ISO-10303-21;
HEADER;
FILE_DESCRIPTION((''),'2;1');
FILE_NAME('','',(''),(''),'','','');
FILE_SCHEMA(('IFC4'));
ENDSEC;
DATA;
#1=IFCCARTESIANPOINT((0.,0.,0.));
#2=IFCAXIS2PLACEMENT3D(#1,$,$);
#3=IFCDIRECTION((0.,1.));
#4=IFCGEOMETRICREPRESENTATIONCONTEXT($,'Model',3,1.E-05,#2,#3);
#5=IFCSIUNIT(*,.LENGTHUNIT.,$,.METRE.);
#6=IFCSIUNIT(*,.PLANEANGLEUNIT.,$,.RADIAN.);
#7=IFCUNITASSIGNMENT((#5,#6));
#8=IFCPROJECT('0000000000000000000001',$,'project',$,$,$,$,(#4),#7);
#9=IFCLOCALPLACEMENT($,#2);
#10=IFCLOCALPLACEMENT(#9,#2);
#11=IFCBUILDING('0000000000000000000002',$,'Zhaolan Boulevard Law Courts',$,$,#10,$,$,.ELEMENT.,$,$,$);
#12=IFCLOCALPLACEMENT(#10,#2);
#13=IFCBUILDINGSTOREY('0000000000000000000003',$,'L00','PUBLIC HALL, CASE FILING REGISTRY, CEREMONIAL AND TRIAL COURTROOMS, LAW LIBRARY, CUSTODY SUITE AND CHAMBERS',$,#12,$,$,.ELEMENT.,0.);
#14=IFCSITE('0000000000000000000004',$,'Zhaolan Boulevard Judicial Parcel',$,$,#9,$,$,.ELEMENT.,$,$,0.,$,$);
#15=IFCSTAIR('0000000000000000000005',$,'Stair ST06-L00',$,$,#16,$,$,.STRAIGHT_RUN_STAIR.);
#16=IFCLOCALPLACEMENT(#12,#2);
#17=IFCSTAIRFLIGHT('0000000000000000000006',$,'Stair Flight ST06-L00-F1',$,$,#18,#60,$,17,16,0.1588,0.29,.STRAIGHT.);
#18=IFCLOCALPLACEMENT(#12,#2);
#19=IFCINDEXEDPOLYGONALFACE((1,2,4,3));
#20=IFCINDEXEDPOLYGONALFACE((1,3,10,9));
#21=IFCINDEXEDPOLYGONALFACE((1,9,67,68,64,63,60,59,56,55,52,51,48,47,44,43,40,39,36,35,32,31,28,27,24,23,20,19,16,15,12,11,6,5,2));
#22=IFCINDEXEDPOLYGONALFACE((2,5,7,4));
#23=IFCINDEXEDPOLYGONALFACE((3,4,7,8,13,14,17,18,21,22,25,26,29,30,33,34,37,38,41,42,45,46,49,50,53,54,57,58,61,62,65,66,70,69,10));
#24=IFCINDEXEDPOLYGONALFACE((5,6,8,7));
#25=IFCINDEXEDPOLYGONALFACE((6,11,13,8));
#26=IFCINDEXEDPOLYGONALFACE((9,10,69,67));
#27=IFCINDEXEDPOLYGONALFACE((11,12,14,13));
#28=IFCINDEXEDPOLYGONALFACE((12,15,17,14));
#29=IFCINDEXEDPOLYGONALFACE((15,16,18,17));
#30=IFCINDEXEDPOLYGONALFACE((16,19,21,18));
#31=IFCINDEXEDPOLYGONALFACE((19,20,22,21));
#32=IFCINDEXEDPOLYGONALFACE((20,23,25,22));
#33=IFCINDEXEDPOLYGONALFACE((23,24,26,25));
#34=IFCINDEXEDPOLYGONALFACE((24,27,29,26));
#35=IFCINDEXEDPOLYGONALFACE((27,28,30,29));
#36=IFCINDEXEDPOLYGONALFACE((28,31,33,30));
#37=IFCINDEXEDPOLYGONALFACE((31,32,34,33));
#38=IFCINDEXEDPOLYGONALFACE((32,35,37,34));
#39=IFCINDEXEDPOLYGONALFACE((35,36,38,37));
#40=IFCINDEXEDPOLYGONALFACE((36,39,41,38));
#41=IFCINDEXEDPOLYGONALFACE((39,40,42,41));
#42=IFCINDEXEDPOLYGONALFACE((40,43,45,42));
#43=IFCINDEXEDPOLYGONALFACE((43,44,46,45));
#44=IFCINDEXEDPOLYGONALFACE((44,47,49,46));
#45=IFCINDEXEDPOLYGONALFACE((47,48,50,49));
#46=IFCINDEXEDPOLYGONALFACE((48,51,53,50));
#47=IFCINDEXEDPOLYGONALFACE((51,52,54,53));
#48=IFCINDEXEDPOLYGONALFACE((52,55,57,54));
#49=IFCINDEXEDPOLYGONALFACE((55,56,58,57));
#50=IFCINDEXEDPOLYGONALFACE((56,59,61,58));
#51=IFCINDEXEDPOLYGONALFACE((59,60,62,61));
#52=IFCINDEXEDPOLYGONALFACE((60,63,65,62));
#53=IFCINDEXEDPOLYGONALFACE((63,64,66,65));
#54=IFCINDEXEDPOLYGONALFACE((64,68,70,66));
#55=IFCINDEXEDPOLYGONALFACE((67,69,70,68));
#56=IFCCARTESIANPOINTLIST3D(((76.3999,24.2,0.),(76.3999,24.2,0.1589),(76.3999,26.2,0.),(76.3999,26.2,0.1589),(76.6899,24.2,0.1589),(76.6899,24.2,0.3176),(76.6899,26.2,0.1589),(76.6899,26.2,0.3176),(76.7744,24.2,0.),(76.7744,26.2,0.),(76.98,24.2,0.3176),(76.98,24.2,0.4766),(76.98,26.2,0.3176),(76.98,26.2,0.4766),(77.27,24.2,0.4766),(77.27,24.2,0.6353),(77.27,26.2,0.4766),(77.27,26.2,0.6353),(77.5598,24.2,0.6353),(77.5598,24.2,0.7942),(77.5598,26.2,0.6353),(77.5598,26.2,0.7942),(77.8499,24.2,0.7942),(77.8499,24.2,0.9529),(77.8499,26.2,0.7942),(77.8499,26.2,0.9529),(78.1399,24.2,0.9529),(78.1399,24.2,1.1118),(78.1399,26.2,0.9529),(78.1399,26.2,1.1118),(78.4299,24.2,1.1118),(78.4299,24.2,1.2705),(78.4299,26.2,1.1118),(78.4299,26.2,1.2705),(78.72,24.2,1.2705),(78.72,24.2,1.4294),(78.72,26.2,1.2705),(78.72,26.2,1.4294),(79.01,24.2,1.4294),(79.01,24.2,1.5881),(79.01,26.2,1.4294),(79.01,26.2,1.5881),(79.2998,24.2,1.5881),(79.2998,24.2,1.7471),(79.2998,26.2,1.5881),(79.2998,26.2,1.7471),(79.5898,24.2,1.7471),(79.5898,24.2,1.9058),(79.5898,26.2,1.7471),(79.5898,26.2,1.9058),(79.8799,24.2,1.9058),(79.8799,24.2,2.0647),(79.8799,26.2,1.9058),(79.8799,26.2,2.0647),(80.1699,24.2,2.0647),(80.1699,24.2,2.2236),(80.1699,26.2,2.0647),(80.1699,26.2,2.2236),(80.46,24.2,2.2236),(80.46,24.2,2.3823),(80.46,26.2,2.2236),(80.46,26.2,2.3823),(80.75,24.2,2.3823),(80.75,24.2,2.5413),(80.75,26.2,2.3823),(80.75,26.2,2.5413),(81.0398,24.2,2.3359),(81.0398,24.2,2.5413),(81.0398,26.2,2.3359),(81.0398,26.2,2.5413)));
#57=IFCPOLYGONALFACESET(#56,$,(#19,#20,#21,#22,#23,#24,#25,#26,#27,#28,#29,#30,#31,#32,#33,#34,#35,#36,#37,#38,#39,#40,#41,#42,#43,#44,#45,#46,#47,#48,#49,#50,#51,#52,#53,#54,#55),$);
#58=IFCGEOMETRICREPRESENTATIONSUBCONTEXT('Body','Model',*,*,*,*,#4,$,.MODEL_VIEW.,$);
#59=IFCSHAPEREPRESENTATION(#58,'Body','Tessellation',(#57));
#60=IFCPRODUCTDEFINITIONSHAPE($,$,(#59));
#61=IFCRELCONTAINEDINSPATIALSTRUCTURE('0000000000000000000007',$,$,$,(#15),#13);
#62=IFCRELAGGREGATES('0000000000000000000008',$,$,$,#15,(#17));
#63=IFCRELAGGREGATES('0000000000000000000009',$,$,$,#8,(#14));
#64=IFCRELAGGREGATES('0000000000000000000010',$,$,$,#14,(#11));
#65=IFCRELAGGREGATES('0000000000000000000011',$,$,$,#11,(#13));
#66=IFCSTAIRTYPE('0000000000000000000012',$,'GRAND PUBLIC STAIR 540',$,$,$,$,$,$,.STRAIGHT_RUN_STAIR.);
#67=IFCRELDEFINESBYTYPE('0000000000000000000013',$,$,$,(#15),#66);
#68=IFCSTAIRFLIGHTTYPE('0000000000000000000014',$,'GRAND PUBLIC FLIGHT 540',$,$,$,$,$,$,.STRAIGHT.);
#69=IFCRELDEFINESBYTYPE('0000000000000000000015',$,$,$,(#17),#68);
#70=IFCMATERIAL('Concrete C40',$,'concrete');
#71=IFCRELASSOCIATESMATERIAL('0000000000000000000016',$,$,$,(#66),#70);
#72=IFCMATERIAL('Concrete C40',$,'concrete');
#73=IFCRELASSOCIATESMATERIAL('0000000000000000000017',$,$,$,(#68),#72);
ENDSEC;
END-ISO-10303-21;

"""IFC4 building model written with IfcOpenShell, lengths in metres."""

from ifc_helpers import new_model, si_unit, direction, frame, origin, place, context, subcontext, project, spatial, polyline, outline, extrude, material, type_object, element, aggregate, save


model = new_model("IFC4")

# Units and contexts
model_context = context("Model", 3, precision=1e-05, world=origin(), true_north=direction((0.0, 1.0)))
body_context = subcontext(model_context, "Body", "Model", "MODEL_VIEW")
ifc_project = project(units=[si_unit("LENGTHUNIT", "METRE"), si_unit("PLANEANGLEUNIT", "RADIAN")], contexts=[model_context])

# Site, building, storey
site_placement = place(None, origin())
site = spatial("IfcSite", under=ifc_project, at=site_placement, Name="Zhaolan Boulevard Judicial Parcel", CompositionType="ELEMENT", RefElevation=0.0)
building_placement = place(site_placement, origin())
building = spatial("IfcBuilding", under=site, at=building_placement, Name="Zhaolan Boulevard Law Courts", CompositionType="ELEMENT")
storey_placement = place(building_placement, origin())
storey = spatial("IfcBuildingStorey", under=building, at=storey_placement, Name="L00", Description="PUBLIC HALL, CASE FILING REGISTRY, CEREMONIAL AND TRIAL COURTROOMS, LAW LIBRARY, CUSTODY SUITE AND CHAMBERS", CompositionType="ELEMENT", Elevation=0.0)

# Stair, stair flight
ifc_material_1 = material(Name="Concrete C40", Category="concrete")
stair_type = type_object("IfcStairType", Name="GRAND PUBLIC STAIR 540", PredefinedType="STRAIGHT_RUN_STAIR", material=ifc_material_1)
stair_placement = place(storey_placement, origin())
stair = element("IfcStair", 1, at=stair_placement, inside=storey, type_object=stair_type, Name="Stair ST06-L00", PredefinedType="STRAIGHT_RUN_STAIR")
ifc_material_2 = material(Name="Concrete C40", Category="concrete")
stair_flight_type = type_object("IfcStairFlightType", Name="GRAND PUBLIC FLIGHT 540", PredefinedType="STRAIGHT", material=ifc_material_2)
stair_flight_placement = place(storey_placement, frame((76.3999, 25.2, 0.0), z_axis=(0.0, 0.0, 1.0), x_axis=(1.0, 0.0, 0.0)))
stair_flight = element("IfcStairFlight", 2, at=stair_flight_placement, type_object=stair_flight_type, Name="Stair Flight ST06-L00-F1", NumberOfRisers=17, NumberOfTreads=16, PredefinedType="STRAIGHT", RiserHeight=0.1588, TreadLength=0.29, context=body_context, shape_type="SweptSolid", body=[
    extrude(outline(polyline([(0.0, 0.0), (0.0, 0.1589), (0.29, 0.1589), (0.29, 0.3176), (0.5801, 0.3176), (0.5801, 0.4766), (0.8701, 0.4766), (0.8701, 0.6353), (1.1599, 0.6353), (1.1599, 0.7942), (1.45, 0.7942), (1.45, 0.9529), (1.74, 0.9529), (1.74, 1.1118), (2.03, 1.1118), (2.03, 1.2705), (2.3201, 1.2705), (2.3201, 1.4294), (2.6101, 1.4294), (2.6101, 1.5881), (2.8999, 1.5881), (2.8999, 1.7471), (3.1899, 1.7471), (3.1899, 1.9058), (3.48, 1.9058), (3.48, 2.0647), (3.77, 2.0647), (3.77, 2.2236), (4.0601, 2.2236), (4.0601, 2.3823), (4.3501, 2.3823), (4.3501, 2.5413), (4.6399, 2.5413), (4.6399, 2.7), (4.6399, 2.3359), (0.3745, 0.0), (0.0, 0.0)])), frame((0.0, 1.0, 0.0), z_axis=(0.0, -1.0, 0.0), x_axis=(1.0, 0.0, 0.0)), (0.0, 0.0, 1.0), 2.0),
])
aggregate(stair, [stair_flight])

save(model, "model.ifc")
